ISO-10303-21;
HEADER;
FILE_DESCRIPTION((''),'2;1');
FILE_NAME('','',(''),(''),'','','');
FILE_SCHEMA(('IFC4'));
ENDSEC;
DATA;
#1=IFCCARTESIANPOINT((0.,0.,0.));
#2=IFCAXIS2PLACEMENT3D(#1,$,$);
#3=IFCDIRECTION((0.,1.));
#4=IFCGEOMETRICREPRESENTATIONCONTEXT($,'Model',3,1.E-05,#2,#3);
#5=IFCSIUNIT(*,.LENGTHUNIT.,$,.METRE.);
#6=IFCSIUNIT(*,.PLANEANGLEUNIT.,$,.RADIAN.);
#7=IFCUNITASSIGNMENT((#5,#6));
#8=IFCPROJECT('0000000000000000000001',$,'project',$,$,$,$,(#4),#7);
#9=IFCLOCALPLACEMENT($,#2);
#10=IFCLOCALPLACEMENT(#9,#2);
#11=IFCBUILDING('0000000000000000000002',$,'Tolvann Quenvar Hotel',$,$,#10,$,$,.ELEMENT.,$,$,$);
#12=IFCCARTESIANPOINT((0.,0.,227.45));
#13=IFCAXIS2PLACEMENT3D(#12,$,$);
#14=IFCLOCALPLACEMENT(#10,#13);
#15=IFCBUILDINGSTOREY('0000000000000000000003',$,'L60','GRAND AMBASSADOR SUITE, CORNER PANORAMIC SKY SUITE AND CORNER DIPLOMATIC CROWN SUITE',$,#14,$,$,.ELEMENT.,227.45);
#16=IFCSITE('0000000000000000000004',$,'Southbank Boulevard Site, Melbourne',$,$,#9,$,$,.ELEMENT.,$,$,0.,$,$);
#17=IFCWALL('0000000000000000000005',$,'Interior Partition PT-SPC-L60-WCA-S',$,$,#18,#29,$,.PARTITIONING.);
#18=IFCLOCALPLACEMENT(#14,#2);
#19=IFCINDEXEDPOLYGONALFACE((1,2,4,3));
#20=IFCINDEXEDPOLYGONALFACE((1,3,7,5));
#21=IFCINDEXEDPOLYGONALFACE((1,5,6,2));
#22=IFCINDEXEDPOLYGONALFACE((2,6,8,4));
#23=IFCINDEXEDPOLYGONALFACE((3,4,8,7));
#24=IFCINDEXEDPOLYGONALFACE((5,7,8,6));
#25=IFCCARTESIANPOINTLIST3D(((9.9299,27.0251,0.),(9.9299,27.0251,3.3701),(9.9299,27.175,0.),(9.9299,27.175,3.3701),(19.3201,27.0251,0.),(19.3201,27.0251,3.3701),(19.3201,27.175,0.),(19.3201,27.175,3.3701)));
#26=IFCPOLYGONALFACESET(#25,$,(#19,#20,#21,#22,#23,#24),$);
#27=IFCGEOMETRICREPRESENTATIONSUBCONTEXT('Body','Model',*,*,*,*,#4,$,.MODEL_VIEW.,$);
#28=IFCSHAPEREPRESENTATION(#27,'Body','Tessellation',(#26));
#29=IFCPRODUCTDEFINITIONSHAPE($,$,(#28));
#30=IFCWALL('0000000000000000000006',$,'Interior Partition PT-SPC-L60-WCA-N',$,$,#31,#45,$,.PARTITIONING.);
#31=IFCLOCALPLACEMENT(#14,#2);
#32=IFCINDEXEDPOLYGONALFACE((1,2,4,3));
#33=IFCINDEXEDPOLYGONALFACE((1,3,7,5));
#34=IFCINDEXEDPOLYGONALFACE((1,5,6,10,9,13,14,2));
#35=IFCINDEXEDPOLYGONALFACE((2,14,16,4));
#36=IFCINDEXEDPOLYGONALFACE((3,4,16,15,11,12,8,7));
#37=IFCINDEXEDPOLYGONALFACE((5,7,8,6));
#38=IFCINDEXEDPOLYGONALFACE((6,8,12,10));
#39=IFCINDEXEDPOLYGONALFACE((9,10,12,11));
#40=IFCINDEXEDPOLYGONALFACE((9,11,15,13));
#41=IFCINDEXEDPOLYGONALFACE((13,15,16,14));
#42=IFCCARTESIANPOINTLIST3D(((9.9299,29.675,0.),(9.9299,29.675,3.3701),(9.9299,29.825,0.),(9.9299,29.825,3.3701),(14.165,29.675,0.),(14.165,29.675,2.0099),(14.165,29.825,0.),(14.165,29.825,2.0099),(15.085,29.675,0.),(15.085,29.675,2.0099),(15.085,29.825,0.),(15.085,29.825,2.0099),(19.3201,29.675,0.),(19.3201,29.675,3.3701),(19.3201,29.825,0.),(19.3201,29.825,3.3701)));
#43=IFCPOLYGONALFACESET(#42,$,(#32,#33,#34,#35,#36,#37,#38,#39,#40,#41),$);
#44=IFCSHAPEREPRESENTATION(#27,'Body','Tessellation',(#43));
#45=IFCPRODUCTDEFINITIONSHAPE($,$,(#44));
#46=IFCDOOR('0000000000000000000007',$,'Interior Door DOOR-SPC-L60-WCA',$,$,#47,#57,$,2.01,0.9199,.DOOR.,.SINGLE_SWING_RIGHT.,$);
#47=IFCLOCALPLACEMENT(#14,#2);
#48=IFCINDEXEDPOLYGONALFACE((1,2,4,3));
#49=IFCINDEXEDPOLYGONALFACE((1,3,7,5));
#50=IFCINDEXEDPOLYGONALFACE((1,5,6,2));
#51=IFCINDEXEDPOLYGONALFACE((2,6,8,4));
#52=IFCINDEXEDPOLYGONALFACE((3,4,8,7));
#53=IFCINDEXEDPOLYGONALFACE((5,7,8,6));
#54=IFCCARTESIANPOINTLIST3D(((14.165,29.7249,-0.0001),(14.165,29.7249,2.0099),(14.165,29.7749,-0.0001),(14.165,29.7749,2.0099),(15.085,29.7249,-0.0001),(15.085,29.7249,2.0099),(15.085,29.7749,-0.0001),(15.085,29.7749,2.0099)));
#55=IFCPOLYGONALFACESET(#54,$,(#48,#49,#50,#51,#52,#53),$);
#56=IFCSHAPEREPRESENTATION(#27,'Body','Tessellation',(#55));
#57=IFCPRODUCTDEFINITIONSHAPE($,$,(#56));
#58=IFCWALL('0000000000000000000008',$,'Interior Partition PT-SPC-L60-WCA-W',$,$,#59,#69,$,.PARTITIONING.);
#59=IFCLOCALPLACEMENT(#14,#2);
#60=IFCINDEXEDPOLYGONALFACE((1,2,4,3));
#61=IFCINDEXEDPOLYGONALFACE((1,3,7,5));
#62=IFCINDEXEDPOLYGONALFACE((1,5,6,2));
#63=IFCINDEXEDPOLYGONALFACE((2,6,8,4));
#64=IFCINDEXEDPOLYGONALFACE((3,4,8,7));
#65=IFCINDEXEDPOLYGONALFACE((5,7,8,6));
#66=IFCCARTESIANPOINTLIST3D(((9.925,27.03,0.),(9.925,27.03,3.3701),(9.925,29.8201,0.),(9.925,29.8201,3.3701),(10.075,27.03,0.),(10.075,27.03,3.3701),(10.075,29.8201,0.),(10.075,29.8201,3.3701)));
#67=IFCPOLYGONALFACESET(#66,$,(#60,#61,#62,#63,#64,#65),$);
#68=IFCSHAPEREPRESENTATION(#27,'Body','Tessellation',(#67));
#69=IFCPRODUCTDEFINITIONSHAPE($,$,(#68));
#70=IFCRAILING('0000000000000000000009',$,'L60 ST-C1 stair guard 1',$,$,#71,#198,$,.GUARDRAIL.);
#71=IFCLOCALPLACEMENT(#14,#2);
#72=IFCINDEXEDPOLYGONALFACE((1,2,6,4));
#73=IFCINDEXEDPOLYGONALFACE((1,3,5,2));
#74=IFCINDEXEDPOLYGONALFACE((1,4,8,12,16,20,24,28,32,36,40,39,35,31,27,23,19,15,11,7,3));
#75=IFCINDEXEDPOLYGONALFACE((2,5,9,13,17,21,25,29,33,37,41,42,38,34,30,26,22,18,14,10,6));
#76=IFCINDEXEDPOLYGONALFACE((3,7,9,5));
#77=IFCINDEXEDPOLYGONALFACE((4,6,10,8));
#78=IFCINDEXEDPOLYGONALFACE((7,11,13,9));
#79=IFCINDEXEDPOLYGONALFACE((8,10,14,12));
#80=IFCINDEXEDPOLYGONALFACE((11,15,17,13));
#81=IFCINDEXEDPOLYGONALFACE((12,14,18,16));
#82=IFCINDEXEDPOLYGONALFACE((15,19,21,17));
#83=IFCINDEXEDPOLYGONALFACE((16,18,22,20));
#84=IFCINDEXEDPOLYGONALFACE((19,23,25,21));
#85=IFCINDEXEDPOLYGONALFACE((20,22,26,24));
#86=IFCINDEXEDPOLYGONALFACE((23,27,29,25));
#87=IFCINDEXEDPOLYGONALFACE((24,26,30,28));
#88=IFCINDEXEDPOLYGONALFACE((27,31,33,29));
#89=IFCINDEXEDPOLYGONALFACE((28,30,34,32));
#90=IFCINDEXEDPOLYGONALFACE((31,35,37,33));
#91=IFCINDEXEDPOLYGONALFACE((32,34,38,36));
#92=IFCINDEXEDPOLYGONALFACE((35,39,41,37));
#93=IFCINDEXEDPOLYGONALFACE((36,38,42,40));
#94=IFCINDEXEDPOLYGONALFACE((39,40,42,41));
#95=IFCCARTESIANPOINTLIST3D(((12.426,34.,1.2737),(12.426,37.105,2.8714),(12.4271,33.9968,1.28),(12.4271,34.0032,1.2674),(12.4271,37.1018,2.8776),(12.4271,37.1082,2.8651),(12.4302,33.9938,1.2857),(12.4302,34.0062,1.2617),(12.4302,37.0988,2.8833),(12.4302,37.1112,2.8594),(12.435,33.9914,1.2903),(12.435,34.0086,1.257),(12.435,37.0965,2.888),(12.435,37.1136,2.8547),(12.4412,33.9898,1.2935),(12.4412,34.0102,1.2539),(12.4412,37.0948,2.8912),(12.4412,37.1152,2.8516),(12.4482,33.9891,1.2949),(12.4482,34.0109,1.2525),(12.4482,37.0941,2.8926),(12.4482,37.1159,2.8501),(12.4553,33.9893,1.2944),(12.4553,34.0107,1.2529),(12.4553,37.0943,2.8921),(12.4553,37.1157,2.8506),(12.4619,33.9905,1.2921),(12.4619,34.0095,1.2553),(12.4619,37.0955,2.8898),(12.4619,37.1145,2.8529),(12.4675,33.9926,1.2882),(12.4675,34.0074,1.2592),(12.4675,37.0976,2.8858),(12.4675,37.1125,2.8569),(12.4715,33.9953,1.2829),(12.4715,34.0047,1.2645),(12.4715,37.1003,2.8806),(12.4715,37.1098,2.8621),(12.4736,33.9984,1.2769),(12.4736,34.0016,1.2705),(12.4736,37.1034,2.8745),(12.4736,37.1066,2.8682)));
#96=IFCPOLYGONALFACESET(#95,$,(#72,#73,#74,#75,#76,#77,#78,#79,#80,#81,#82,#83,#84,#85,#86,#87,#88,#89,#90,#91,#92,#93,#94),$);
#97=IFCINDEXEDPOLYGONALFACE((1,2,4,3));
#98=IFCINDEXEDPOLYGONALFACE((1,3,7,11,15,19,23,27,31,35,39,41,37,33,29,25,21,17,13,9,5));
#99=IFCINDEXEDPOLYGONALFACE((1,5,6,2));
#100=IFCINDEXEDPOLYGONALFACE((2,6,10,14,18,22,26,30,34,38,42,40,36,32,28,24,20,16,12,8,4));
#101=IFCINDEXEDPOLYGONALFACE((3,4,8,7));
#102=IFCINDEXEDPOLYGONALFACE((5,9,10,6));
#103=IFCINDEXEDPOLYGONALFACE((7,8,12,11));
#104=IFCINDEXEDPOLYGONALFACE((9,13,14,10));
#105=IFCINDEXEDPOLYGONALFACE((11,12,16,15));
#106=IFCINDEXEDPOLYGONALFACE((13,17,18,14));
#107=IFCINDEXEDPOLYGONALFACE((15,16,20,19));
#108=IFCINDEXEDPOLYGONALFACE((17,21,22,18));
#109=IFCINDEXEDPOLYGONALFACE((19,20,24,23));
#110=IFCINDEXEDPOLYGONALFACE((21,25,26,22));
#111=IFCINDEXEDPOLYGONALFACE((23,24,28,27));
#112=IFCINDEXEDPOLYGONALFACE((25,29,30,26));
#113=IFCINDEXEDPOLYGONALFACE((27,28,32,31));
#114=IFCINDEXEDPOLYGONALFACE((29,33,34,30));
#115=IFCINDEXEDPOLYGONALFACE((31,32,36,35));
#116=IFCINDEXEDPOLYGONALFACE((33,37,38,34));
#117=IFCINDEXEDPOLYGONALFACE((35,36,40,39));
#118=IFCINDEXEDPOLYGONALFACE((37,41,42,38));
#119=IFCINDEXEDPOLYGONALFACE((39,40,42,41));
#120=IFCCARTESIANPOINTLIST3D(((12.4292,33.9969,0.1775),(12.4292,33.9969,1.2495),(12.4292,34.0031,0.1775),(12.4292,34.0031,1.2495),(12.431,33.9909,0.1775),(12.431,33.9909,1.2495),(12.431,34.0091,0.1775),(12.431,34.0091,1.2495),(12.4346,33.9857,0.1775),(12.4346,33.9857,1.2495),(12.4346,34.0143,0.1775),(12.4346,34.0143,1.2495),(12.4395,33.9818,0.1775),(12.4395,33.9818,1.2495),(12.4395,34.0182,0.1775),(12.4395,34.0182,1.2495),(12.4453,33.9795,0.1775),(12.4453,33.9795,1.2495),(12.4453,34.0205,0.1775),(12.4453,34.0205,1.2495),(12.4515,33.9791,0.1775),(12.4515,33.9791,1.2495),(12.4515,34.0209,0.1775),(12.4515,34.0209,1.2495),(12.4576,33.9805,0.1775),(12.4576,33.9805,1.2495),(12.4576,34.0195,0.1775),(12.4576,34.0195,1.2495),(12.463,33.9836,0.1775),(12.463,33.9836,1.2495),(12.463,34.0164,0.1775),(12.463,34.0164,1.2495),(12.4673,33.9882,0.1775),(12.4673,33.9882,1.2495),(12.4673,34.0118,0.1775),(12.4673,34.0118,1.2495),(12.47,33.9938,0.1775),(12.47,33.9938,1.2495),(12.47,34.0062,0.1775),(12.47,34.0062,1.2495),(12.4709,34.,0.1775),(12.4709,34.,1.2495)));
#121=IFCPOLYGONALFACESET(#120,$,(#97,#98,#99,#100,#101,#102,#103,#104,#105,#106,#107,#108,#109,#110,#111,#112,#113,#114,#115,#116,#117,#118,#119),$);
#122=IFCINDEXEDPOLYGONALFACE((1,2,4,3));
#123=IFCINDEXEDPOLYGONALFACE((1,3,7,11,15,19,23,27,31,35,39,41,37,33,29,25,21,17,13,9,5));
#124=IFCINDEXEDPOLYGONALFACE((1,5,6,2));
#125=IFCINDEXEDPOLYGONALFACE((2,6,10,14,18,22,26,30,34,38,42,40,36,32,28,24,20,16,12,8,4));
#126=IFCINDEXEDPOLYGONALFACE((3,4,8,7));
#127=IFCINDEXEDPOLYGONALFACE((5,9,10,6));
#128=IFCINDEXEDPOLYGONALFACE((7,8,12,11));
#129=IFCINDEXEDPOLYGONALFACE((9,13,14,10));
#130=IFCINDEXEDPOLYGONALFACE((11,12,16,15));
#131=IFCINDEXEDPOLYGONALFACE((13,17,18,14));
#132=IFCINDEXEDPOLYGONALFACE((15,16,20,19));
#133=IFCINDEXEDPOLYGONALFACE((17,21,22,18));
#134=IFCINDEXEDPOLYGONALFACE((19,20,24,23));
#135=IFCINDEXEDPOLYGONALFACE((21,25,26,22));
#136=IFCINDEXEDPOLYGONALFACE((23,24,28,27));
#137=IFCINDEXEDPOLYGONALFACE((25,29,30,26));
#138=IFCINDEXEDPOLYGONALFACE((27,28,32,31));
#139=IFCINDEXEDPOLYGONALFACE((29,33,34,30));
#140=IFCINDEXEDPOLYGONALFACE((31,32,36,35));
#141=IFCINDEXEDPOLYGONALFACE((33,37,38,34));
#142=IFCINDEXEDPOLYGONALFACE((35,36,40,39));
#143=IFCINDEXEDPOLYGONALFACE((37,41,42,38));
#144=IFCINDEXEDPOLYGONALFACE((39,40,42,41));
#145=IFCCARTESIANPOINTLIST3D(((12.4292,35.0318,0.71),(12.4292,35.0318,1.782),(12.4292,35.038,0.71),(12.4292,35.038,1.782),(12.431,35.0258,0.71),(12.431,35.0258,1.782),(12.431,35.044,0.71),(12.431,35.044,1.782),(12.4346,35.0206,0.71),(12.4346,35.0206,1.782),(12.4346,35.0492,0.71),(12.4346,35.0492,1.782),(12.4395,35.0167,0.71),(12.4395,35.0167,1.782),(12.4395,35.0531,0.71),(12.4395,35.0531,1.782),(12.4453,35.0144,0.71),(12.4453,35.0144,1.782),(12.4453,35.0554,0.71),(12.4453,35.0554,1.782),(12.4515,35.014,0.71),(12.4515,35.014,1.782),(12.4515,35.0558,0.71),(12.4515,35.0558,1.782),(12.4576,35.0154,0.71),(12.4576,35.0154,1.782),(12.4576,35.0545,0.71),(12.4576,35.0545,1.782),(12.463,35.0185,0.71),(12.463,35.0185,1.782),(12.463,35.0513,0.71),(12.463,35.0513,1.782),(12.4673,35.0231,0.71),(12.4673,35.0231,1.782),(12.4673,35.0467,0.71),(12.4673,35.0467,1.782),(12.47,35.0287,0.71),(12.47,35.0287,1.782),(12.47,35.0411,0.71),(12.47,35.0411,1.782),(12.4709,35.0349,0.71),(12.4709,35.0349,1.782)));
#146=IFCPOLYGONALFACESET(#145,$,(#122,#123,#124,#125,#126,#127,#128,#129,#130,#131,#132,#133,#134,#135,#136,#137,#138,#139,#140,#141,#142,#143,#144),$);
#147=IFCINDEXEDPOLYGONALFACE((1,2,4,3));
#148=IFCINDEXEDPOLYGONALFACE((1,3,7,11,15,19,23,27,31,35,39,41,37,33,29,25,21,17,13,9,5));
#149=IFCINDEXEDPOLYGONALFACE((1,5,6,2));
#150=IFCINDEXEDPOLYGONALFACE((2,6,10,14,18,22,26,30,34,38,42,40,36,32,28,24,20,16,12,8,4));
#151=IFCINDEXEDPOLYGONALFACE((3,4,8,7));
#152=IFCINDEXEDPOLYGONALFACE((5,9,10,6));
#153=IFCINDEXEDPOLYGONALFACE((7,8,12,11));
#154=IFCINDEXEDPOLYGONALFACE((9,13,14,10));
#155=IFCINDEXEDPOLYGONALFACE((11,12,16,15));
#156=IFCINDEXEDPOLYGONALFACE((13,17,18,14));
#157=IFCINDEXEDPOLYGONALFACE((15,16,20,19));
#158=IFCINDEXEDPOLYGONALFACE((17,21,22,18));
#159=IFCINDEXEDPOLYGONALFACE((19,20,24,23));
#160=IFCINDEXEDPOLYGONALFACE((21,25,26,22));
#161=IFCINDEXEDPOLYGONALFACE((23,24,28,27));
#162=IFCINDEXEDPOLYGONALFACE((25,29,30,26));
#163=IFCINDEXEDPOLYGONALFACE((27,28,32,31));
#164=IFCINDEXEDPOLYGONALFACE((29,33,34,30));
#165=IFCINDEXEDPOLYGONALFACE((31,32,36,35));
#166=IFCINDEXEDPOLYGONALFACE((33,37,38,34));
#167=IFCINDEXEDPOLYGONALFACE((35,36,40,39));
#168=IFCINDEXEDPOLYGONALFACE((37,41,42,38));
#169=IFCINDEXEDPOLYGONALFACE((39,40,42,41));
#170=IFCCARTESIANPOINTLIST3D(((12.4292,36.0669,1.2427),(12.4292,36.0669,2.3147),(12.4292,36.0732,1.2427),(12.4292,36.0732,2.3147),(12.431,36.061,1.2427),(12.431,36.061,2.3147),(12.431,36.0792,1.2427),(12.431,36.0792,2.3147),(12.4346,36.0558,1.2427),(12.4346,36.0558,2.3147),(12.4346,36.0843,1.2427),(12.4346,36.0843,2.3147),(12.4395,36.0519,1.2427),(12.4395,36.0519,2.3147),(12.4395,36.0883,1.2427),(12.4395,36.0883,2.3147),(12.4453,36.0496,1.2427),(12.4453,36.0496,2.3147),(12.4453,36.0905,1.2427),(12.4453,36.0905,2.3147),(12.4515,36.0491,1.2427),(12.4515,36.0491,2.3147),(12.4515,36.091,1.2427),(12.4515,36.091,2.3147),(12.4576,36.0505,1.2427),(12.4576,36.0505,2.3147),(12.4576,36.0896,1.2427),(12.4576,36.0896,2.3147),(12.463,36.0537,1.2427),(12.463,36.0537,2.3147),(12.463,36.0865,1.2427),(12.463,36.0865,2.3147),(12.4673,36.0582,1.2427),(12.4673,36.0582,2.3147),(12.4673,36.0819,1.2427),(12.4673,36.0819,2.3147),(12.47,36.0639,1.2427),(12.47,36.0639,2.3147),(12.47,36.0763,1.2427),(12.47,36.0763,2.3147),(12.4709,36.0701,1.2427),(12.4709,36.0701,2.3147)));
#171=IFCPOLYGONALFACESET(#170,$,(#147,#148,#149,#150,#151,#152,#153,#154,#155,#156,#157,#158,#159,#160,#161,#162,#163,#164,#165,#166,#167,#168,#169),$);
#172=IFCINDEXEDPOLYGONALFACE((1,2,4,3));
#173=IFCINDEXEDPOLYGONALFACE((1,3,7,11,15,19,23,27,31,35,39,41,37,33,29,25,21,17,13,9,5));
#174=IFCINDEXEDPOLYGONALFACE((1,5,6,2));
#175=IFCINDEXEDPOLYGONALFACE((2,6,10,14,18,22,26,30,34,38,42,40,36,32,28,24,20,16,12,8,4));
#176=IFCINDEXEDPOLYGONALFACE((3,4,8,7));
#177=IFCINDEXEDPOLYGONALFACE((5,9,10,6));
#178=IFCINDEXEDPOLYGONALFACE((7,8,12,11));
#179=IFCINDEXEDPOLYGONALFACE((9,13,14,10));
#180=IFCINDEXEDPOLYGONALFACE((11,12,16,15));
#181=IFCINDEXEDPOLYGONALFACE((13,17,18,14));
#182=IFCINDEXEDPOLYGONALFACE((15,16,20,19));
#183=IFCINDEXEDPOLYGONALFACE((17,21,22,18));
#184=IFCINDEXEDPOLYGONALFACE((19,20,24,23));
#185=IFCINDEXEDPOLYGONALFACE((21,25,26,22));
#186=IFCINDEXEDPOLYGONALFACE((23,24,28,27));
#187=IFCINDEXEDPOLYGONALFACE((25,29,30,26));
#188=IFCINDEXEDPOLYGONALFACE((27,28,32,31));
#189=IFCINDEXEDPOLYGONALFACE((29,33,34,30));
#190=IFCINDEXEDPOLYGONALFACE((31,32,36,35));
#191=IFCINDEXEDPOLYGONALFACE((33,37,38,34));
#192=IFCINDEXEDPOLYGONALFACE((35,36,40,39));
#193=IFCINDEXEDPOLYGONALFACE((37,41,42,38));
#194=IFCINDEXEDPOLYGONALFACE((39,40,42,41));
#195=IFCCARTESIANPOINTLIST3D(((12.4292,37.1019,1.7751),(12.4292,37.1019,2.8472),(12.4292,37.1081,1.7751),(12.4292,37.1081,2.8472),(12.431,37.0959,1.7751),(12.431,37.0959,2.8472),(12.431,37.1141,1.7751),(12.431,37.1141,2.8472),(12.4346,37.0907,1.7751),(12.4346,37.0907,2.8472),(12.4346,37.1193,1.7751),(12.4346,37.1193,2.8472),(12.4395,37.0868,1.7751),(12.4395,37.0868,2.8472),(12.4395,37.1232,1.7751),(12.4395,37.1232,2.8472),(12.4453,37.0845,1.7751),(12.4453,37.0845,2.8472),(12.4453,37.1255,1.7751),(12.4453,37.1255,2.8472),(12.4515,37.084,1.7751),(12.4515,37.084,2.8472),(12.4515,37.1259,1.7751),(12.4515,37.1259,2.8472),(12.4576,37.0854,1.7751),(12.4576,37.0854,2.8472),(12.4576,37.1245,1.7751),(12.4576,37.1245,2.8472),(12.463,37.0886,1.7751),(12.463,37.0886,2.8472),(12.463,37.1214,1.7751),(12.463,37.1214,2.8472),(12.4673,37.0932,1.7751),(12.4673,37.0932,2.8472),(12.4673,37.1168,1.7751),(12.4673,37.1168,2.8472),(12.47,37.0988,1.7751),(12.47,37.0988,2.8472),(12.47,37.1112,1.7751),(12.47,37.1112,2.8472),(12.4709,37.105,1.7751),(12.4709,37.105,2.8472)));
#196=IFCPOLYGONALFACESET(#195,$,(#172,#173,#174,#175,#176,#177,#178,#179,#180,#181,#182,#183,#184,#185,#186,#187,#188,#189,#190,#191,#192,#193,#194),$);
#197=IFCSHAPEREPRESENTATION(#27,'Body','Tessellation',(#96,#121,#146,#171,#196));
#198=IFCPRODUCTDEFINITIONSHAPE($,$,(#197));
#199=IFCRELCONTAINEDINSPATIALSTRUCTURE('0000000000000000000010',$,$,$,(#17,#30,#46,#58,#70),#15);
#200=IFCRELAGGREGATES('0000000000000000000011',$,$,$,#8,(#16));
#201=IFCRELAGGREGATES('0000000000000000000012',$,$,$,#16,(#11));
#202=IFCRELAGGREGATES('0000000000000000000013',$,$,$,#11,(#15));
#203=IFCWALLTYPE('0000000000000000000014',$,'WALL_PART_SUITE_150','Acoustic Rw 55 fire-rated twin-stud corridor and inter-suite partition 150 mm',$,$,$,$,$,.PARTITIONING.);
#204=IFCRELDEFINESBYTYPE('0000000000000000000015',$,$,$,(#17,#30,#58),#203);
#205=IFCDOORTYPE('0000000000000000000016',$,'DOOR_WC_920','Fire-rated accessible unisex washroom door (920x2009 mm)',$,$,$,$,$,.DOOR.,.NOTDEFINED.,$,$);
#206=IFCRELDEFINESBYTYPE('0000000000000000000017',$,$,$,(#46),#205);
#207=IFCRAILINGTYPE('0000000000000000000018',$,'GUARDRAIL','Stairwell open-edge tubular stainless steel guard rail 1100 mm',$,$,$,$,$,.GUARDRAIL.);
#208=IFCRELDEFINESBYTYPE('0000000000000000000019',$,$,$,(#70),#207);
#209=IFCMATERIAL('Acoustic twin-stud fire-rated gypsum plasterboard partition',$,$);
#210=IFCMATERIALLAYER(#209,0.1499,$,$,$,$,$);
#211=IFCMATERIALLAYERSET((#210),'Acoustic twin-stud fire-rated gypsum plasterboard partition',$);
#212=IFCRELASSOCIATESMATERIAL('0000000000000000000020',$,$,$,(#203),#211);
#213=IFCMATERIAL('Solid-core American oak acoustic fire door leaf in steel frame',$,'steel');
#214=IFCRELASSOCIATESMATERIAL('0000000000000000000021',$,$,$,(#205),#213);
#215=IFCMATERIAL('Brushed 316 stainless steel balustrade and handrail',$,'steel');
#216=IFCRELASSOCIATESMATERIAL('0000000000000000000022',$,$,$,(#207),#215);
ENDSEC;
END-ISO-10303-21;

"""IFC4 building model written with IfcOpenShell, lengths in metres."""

from ifc_helpers import new_model, si_unit, direction, frame, frame_2d, origin, origin_2d, place, context, subcontext, project, spatial, rectangle, circle, extrude, source, transform, mapped, material, layer, layer_set, type_object, type_shapes, element, fill, save


model = new_model("IFC4")

# Units and contexts
model_context = context("Model", 3, precision=1e-05, world=origin(), true_north=direction((0.0, 1.0)))
body_context = subcontext(model_context, "Body", "Model", "MODEL_VIEW")
ifc_project = project(units=[si_unit("LENGTHUNIT", "METRE"), si_unit("PLANEANGLEUNIT", "RADIAN")], contexts=[model_context])

# Site, building, storey
site_placement = place(None, origin())
site = spatial("IfcSite", under=ifc_project, at=site_placement, Name="Southbank Boulevard Site, Melbourne", CompositionType="ELEMENT", RefElevation=0.0)
building_placement = place(site_placement, origin())
building = spatial("IfcBuilding", under=site, at=building_placement, Name="Tolvann Quenvar Hotel", CompositionType="ELEMENT")
storey_placement = place(building_placement, frame((0.0, 0.0, 227.45)))
storey = spatial("IfcBuildingStorey", under=building, at=storey_placement, Name="L60", Description="GRAND AMBASSADOR SUITE, CORNER PANORAMIC SKY SUITE AND CORNER DIPLOMATIC CROWN SUITE", CompositionType="ELEMENT", Elevation=227.45)

# Shared definitions
ifc_material_1 = material(Name="Solid-core American oak acoustic fire door leaf in steel frame", Category="steel")

# Wall
ifc_material_2 = material(Name="Acoustic twin-stud fire-rated gypsum plasterboard partition")
ifc_layer_1 = layer(ifc_material_2, 0.1499)
ifc_layer_set_1 = layer_set([ifc_layer_1], Name="Acoustic twin-stud fire-rated gypsum plasterboard partition")
wall_type_1 = type_object("IfcWallType", Name="WALL_PART_SUITE_150", Description="Acoustic Rw 55 fire-rated twin-stud corridor and inter-suite partition 150 mm", PredefinedType="PARTITIONING", material=ifc_layer_set_1)
wall_1_placement = place(storey_placement, frame((9.9299, 27.1001, 0.0), z_axis=(0.0, 0.0, 1.0), x_axis=(1.0, 0.0, 0.0)))
element("IfcWall", 1, at=wall_1_placement, inside=storey, type_object=wall_type_1, Name="Interior Partition PT-SPC-L60-WCA-S", PredefinedType="PARTITIONING", context=body_context, shape_type="SweptSolid", body=[
    extrude(rectangle(XDim=9.3901, YDim=0.1499, at=frame_2d((4.6951, 0.0))), origin(), (0.0, 0.0, 1.0), 3.3701),
])

# Wall, opening, door
wall_2_placement = place(storey_placement, frame((9.9299, 29.75, 0.0), z_axis=(0.0, 0.0, 1.0), x_axis=(1.0, 0.0, 0.0)))
wall_2 = element("IfcWall", 2, at=wall_2_placement, inside=storey, type_object=wall_type_1, Name="Interior Partition PT-SPC-L60-WCA-N", PredefinedType="PARTITIONING", context=body_context, shape_type="SweptSolid", body=[
    extrude(rectangle(XDim=9.3901, YDim=0.1499, at=frame_2d((4.6951, 0.0))), origin(), (0.0, 0.0, 1.0), 3.3701),
])
opening_1_placement = place(wall_2_placement, frame((4.2351, 0.0, 0.0)))
opening_1 = element("IfcOpeningElement", 3, at=opening_1_placement, cuts=wall_2, PredefinedType="OPENING", context=body_context, shape_type="SweptSolid", body=[
    extrude(rectangle(XDim=0.9199, YDim=2.01, at=frame_2d((0.46, 1.0049))), frame((0.0, 0.085, 0.0), z_axis=(0.0, -1.0, 0.0), x_axis=(1.0, 0.0, 0.0)), (0.0, 0.0, 1.0), 0.1699),
])
door_type_1 = type_object("IfcDoorType", Name="DOOR_WC_920", Description="Fire-rated accessible unisex washroom door (920x2009 mm)", OperationType="NOTDEFINED", PredefinedType="DOOR", material=ifc_material_1)
shared_shape_1 = source(origin(), body_context, "Body", "SweptSolid", [
    extrude(rectangle(XDim=0.9199, YDim=2.01, at=frame_2d((0.46, 1.0049))), frame((0.0, 0.0249, 0.0), z_axis=(0.0, -1.0, 0.0), x_axis=(1.0, 0.0, 0.0)), (0.0, 0.0, 1.0), 0.05),
])
type_shapes(door_type_1, [shared_shape_1])
door_1_placement = place(opening_1_placement, origin())
door_1 = element("IfcDoor", 4, at=door_1_placement, inside=storey, type_object=door_type_1, Name="Interior Door DOOR-SPC-L60-WCA", OperationType="SINGLE_SWING_RIGHT", OverallHeight=2.01, OverallWidth=0.9199, PredefinedType="DOOR", context=body_context, shape_type="MappedRepresentation", body=[
    mapped(shared_shape_1, transform((0.0, 0.0, 0.0), x_axis=(1.0, 0.0, 0.0), y_axis=(0.0, 1.0, 0.0), z_axis=(0.0, 0.0, 1.0), scale=1.0)),
])
fill(opening_1, door_1)

# Wall
wall_3_placement = place(storey_placement, frame((10.0, 27.03, 0.0), z_axis=(0.0, 0.0, 1.0), x_axis=(0.0, 1.0, 0.0)))
element("IfcWall", 5, at=wall_3_placement, inside=storey, type_object=wall_type_1, Name="Interior Partition PT-SPC-L60-WCA-W", PredefinedType="PARTITIONING", context=body_context, shape_type="SweptSolid", body=[
    extrude(rectangle(XDim=2.79, YDim=0.1499, at=frame_2d((1.395, 0.0))), origin(), (0.0, 0.0, 1.0), 3.3701),
])

# Railing
ifc_material_3 = material(Name="Brushed 316 stainless steel balustrade and handrail", Category="steel")
railing_type = type_object("IfcRailingType", Name="GUARDRAIL", Description="Stairwell open-edge tubular stainless steel guard rail 1100 mm", PredefinedType="GUARDRAIL", material=ifc_material_3)
railing_1_placement = place(storey_placement, frame((12.45, 34.0, 0.1775)))
element("IfcRailing", 6, at=railing_1_placement, inside=storey, type_object=railing_type, Name="L60 ST-C1 stair guard 1", PredefinedType="GUARDRAIL", context=body_context, shape_type="SweptSolid", body=[
    extrude(circle(Radius=0.0239, at=origin_2d()), frame((0.0, 0.0, 1.0962), z_axis=(0.0, 0.889194, 0.457531), x_axis=(-1.0, 0.0, 0.0)), (0.0, 0.0, 1.0), 3.4919),
    extrude(circle(Radius=0.021, at=origin_2d()), origin(), (0.0, 0.0, 1.0), 1.072),
    extrude(circle(Radius=0.021, at=origin_2d()), frame((0.0, 1.0349, 0.5325)), (0.0, 0.0, 1.0), 1.072),
    extrude(circle(Radius=0.021, at=origin_2d()), frame((0.0, 2.0701, 1.0652)), (0.0, 0.0, 1.0), 1.072),
    extrude(circle(Radius=0.021, at=origin_2d()), frame((0.0, 3.105, 1.5977)), (0.0, 0.0, 1.0), 1.072),
])

save(model, "model.ifc")
